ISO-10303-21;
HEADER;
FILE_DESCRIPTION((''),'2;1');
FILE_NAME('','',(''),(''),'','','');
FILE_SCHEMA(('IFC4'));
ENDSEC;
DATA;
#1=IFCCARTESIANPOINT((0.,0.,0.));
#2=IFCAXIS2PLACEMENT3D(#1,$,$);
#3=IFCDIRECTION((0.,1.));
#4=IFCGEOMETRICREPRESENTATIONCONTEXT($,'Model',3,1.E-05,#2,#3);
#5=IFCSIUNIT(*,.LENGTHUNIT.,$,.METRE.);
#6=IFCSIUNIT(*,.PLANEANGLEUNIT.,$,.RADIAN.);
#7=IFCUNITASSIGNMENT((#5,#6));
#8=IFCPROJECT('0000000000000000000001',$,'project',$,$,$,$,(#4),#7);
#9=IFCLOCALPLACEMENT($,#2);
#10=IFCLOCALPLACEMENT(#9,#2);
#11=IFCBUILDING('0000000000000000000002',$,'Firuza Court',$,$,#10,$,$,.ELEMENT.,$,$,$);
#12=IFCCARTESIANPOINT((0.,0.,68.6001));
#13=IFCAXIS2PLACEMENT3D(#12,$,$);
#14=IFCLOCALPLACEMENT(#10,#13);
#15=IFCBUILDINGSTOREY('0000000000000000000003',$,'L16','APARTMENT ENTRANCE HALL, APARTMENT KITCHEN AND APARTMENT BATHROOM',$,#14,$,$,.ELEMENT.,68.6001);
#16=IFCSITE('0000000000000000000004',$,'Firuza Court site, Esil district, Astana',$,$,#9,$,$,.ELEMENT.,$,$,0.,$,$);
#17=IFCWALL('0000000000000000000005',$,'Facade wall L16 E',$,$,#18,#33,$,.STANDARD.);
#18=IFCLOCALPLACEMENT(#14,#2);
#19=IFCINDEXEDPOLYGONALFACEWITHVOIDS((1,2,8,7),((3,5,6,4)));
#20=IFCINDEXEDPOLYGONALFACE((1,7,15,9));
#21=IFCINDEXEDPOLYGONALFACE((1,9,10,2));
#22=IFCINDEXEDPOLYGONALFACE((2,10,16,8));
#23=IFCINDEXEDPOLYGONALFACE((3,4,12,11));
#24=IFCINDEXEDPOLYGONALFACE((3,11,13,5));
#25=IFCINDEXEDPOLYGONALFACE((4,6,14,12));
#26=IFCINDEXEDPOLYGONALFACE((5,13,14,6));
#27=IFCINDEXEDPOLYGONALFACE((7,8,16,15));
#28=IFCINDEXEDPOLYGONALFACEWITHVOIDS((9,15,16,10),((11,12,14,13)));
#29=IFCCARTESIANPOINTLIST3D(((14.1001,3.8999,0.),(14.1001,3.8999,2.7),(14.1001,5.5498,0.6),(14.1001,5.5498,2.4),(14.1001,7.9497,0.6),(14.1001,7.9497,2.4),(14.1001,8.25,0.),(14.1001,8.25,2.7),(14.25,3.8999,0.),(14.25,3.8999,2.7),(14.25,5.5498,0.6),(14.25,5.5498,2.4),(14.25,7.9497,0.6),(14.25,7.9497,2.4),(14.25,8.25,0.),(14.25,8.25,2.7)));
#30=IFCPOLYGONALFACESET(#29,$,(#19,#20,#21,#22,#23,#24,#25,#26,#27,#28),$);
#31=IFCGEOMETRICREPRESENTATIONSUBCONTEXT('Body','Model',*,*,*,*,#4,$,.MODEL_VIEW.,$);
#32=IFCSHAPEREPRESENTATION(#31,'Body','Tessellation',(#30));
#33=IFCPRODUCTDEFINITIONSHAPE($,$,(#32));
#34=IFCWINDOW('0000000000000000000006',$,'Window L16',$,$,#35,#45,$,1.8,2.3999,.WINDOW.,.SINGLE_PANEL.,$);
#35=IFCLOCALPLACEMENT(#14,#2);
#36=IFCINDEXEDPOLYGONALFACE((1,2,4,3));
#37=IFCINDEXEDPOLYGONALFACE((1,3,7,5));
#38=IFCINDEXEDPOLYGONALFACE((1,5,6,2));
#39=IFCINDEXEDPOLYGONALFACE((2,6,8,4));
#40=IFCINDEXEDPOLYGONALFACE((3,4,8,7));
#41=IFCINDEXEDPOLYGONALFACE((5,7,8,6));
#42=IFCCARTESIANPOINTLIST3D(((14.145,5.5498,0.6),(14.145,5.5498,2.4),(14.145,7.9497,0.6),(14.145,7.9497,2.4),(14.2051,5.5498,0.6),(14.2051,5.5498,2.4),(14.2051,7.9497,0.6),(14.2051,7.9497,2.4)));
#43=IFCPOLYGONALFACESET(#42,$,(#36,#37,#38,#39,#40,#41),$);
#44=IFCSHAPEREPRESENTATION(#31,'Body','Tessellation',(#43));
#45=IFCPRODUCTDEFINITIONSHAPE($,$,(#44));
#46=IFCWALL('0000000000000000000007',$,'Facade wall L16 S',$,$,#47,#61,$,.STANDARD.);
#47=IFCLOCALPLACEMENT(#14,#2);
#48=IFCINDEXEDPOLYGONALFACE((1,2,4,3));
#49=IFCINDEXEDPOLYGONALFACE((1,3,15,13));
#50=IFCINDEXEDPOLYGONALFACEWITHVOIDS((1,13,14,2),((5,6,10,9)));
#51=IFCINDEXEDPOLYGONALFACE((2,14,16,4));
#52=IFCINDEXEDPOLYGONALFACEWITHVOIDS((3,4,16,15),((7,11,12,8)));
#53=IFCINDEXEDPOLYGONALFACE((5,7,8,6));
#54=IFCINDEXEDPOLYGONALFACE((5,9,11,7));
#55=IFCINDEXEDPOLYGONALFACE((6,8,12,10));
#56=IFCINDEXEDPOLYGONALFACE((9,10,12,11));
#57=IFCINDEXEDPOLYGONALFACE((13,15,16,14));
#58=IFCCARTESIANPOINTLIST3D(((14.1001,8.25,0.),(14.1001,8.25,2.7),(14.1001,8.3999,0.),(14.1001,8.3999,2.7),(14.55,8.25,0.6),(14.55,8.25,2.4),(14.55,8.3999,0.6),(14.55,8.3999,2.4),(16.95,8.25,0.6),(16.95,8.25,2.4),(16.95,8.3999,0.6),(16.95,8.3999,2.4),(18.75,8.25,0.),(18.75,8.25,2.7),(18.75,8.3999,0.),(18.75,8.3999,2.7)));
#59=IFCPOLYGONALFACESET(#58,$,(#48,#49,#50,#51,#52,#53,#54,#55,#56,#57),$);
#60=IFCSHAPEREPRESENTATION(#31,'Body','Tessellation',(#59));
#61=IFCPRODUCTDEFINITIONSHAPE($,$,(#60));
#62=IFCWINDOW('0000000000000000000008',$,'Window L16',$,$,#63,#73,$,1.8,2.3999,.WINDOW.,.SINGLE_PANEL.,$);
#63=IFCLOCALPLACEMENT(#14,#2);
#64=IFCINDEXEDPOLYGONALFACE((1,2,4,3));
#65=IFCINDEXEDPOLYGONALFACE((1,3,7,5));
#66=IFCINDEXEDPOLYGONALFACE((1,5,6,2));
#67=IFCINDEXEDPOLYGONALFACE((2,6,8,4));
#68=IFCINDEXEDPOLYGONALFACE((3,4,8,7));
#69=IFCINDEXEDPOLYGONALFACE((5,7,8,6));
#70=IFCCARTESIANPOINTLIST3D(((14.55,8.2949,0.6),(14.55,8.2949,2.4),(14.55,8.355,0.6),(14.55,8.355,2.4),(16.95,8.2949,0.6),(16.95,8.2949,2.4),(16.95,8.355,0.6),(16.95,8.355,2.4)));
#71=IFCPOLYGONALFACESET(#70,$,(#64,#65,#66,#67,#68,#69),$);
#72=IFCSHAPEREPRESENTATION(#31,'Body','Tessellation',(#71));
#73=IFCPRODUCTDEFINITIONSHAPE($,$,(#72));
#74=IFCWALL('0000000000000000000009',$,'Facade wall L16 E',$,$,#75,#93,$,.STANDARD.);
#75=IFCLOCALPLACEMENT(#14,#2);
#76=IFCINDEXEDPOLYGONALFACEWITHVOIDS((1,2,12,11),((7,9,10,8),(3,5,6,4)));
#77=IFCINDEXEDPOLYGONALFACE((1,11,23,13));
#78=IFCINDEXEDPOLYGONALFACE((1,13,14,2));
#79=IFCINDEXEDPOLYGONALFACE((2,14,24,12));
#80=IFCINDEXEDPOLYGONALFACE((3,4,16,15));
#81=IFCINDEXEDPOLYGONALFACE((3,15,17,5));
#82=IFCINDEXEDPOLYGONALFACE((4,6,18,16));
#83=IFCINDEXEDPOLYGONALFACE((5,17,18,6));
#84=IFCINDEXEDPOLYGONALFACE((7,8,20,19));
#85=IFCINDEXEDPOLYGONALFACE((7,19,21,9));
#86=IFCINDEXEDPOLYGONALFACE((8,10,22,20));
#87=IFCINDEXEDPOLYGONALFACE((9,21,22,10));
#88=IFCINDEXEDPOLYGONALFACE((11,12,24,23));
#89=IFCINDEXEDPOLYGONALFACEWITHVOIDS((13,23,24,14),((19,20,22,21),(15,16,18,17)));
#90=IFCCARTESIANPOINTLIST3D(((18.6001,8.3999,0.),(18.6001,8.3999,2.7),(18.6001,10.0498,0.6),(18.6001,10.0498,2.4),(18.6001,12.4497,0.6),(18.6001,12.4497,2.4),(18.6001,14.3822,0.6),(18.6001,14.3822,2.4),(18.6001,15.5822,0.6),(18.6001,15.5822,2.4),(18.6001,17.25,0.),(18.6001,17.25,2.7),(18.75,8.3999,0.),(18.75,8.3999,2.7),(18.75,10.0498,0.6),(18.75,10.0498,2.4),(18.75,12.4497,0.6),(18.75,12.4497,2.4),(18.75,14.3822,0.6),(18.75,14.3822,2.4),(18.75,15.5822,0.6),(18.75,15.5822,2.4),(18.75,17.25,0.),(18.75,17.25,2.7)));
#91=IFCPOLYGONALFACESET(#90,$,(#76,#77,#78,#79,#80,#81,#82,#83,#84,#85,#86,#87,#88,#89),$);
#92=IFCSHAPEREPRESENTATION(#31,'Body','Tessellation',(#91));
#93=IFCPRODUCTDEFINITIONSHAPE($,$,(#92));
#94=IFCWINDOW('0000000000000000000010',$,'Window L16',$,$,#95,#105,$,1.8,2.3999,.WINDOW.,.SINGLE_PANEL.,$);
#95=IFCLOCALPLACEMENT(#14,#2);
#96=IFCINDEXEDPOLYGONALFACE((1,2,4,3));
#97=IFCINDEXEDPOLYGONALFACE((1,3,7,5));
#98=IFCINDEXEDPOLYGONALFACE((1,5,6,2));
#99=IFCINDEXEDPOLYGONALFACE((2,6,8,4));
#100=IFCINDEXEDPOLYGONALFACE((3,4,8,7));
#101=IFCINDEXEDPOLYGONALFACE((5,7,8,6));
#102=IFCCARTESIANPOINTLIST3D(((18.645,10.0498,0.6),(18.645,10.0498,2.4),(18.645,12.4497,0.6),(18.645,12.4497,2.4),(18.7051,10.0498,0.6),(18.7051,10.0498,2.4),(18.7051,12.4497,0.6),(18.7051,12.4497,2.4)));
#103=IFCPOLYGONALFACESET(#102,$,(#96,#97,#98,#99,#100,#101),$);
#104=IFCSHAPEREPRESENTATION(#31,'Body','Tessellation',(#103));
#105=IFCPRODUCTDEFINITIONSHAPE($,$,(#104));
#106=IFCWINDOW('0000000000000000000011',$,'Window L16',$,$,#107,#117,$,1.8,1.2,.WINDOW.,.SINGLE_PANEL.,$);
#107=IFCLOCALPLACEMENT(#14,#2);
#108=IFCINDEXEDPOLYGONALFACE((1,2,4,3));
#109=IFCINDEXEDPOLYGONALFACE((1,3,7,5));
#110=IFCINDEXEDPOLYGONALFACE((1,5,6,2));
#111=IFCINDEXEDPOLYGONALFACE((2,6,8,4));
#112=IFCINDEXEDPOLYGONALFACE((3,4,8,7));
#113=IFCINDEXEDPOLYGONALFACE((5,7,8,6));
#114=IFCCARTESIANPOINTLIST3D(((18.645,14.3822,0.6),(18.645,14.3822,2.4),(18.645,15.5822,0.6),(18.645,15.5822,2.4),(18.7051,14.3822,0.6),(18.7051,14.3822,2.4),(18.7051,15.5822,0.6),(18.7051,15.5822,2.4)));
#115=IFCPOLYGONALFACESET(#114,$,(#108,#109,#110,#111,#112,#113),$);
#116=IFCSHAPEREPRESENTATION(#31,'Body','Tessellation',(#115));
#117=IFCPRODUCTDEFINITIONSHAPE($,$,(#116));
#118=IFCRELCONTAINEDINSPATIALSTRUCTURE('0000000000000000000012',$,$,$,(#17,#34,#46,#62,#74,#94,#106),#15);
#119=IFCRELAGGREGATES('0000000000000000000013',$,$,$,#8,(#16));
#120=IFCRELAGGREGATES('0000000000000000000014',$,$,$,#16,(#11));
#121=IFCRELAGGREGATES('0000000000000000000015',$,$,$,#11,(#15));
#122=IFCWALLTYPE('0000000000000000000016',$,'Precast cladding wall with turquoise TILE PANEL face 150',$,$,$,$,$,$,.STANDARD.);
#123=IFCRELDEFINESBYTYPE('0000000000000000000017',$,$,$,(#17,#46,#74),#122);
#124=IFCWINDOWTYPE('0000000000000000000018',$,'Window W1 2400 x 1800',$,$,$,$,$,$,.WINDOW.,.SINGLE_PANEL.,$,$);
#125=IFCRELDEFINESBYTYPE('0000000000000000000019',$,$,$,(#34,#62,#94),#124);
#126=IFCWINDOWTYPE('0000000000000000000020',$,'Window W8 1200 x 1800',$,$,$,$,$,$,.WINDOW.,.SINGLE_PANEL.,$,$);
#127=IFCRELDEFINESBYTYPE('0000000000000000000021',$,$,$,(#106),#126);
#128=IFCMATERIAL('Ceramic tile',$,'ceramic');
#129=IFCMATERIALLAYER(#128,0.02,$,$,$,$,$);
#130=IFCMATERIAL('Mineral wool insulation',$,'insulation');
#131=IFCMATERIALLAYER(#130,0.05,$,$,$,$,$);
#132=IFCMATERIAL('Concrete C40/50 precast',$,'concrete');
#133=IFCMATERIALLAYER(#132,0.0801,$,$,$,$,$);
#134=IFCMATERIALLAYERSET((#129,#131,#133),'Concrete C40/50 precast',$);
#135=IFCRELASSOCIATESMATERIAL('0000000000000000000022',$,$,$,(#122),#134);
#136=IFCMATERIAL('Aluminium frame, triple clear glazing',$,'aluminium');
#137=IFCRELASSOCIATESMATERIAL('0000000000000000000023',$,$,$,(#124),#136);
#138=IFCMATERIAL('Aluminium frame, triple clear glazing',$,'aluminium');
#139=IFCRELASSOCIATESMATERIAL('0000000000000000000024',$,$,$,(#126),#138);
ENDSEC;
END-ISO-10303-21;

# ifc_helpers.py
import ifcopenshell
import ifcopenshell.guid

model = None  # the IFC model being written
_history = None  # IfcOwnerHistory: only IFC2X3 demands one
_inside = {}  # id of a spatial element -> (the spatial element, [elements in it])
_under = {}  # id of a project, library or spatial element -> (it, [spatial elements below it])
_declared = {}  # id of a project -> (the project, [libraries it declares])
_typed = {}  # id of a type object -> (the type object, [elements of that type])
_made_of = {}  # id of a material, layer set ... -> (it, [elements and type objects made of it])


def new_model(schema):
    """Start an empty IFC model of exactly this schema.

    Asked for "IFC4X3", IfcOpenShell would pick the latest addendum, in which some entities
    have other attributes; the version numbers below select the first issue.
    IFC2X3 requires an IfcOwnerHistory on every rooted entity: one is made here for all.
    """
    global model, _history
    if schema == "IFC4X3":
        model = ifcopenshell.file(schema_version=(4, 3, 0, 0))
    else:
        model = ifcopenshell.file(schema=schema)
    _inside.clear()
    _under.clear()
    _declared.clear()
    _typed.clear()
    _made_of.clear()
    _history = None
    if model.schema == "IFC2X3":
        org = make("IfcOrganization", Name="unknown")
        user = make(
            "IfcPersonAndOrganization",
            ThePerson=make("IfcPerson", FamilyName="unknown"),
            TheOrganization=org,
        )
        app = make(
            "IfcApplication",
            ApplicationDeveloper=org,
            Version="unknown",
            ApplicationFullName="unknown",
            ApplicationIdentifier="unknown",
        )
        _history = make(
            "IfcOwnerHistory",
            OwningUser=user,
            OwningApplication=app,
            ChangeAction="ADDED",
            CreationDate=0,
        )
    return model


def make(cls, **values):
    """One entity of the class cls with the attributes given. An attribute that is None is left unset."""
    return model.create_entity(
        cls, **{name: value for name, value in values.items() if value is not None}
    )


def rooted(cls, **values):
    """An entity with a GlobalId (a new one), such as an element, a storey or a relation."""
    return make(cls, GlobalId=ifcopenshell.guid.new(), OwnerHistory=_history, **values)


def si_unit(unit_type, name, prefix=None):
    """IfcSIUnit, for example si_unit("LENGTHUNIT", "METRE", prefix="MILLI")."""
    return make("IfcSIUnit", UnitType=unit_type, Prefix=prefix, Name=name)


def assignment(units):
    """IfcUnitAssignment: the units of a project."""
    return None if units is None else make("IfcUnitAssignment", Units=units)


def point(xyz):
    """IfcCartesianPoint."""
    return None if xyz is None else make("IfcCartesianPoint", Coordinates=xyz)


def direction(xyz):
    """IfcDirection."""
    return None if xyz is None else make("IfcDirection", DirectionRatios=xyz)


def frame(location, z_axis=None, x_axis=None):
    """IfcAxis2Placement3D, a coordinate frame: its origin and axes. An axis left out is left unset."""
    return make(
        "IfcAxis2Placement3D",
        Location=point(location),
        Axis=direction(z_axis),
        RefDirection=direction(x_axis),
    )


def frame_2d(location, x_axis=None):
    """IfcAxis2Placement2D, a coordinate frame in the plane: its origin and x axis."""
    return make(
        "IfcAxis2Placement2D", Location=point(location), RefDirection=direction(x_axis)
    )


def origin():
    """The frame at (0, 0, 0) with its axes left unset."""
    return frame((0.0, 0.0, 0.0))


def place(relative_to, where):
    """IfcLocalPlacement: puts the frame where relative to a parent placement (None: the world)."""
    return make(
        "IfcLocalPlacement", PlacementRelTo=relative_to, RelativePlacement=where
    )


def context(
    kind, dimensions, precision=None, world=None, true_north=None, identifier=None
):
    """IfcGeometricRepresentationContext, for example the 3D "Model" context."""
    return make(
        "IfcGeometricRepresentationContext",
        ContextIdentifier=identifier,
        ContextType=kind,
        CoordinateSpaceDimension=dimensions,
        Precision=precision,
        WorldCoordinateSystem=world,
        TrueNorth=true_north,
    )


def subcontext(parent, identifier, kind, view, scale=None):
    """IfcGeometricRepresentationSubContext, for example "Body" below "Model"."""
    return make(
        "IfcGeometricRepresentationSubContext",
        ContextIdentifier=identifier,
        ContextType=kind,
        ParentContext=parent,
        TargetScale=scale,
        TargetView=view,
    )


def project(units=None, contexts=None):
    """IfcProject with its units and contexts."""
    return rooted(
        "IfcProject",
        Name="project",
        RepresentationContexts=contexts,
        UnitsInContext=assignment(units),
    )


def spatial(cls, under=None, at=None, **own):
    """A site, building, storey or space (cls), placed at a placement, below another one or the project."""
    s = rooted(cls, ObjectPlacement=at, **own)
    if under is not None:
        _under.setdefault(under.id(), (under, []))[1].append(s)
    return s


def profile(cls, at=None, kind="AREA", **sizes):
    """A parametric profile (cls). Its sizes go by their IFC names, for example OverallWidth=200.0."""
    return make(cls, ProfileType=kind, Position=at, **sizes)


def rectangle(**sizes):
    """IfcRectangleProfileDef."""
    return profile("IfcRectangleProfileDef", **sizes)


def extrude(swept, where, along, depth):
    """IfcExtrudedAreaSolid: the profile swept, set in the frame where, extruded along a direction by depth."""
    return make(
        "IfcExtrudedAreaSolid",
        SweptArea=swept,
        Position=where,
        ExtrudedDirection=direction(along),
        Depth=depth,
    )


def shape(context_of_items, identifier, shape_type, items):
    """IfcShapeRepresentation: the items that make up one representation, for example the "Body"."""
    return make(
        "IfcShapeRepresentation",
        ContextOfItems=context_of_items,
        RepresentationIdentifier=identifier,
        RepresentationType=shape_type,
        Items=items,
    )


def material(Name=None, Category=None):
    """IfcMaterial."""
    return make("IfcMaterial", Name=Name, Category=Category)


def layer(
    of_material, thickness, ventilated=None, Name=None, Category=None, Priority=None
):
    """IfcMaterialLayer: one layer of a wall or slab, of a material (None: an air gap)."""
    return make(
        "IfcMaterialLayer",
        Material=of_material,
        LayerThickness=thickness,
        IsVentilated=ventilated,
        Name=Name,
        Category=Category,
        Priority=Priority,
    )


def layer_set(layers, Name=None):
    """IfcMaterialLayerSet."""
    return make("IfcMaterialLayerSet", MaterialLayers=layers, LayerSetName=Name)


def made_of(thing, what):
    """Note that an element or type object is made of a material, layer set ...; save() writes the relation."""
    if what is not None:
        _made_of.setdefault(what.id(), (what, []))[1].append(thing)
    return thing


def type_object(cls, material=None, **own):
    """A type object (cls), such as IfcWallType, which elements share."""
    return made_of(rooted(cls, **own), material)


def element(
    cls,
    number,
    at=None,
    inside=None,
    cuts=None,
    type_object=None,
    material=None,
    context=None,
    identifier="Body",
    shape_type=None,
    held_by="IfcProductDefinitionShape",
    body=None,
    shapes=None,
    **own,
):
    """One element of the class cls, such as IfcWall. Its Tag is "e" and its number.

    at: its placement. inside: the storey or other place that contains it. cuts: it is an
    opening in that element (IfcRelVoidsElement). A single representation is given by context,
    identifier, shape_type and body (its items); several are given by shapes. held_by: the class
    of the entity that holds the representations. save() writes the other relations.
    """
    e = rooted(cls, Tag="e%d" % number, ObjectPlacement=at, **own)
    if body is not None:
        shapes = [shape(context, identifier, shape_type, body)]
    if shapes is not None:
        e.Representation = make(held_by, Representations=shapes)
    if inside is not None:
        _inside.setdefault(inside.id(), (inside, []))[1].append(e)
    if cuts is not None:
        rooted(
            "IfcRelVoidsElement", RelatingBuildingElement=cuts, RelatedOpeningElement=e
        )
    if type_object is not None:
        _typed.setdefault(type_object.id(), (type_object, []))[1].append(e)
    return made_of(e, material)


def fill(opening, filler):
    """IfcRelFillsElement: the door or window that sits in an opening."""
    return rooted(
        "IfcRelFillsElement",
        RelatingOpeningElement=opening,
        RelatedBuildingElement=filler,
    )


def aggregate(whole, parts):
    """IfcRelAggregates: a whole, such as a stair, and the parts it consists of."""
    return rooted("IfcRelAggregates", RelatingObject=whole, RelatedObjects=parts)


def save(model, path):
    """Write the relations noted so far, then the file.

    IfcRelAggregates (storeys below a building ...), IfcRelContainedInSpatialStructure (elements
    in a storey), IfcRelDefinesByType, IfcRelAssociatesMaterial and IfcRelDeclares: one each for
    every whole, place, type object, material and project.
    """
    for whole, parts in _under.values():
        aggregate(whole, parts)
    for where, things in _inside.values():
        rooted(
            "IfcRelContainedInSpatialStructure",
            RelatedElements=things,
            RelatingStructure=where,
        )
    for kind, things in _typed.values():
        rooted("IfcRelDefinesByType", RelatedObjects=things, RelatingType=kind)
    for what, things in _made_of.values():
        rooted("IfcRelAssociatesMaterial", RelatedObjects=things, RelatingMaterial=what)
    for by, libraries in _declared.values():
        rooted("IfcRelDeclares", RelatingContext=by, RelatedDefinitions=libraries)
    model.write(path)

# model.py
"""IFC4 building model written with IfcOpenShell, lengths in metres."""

from ifc_helpers import new_model, si_unit, direction, frame, frame_2d, origin, place, context, subcontext, project, spatial, rectangle, extrude, material, layer, layer_set, type_object, element, fill, save


model = new_model("IFC4")

# Units and contexts
model_context = context("Model", 3, precision=1e-05, world=origin(), true_north=direction((0.0, 1.0)))
body_context = subcontext(model_context, "Body", "Model", "MODEL_VIEW")
ifc_project = project(units=[si_unit("LENGTHUNIT", "METRE"), si_unit("PLANEANGLEUNIT", "RADIAN")], contexts=[model_context])

# Site, building, storey
site_placement = place(None, origin())
site = spatial("IfcSite", under=ifc_project, at=site_placement, Name="Firuza Court site, Esil district, Astana", CompositionType="ELEMENT", RefElevation=0.0)
building_placement = place(site_placement, origin())
building = spatial("IfcBuilding", under=site, at=building_placement, Name="Firuza Court", CompositionType="ELEMENT")
storey_placement = place(building_placement, frame((0.0, 0.0, 68.6001)))
storey = spatial("IfcBuildingStorey", under=building, at=storey_placement, Name="L16", Description="APARTMENT ENTRANCE HALL, APARTMENT KITCHEN AND APARTMENT BATHROOM", CompositionType="ELEMENT", Elevation=68.6001)

# Shared definitions
ifc_material_1 = material(Name="Ceramic tile", Category="ceramic")
ifc_layer_1 = layer(ifc_material_1, 0.02)
ifc_material_2 = material(Name="Mineral wool insulation", Category="insulation")
ifc_layer_2 = layer(ifc_material_2, 0.05)
ifc_material_3 = material(Name="Concrete C40/50 precast", Category="concrete")
ifc_layer_3 = layer(ifc_material_3, 0.0801)
ifc_layer_set_1 = layer_set([ifc_layer_1, ifc_layer_2, ifc_layer_3], Name="Concrete C40/50 precast")
wall_type_1 = type_object("IfcWallType", Name="Precast cladding wall with turquoise TILE PANEL face 150", PredefinedType="STANDARD", material=ifc_layer_set_1)

# Walls, openings, windows
wall_1_placement = place(storey_placement, frame((14.175, 3.8999, 0.0), z_axis=(0.0, 0.0, 1.0), x_axis=(0.0, 1.0, 0.0)))
wall_1 = element("IfcWall", 1, at=wall_1_placement, inside=storey, type_object=wall_type_1, Name="Facade wall L16 E", PredefinedType="STANDARD", context=body_context, shape_type="SweptSolid", body=[
    extrude(rectangle(XDim=4.3501, YDim=0.1499, at=frame_2d((2.175, 0.0))), origin(), (0.0, 0.0, 1.0), 2.7),
])
opening_1_placement = place(wall_1_placement, frame((1.6499, 0.0, 0.6001)))
opening_1 = element("IfcOpeningElement", 2, at=opening_1_placement, cuts=wall_1, PredefinedType="OPENING", context=body_context, shape_type="SweptSolid", body=[
    extrude(rectangle(XDim=2.3999, YDim=1.8, at=frame_2d((1.2, 0.8999))), frame((0.0, 0.0869, 0.0), z_axis=(0.0, -1.0, 0.0), x_axis=(1.0, 0.0, 0.0)), (0.0, 0.0, 1.0), 0.1738),
])
ifc_material_4 = material(Name="Aluminium frame, triple clear glazing", Category="aluminium")
window_type_1 = type_object("IfcWindowType", Name="Window W1 2400 x 1800", PartitioningType="SINGLE_PANEL", PredefinedType="WINDOW", material=ifc_material_4)
window_1_placement = place(opening_1_placement, origin())
window_1 = element("IfcWindow", 3, at=window_1_placement, inside=storey, type_object=window_type_1, Name="Window L16", OverallHeight=1.8, OverallWidth=2.3999, PartitioningType="SINGLE_PANEL", PredefinedType="WINDOW", context=body_context, shape_type="SweptSolid", body=[
    extrude(rectangle(XDim=2.3999, YDim=1.8, at=frame_2d((1.2, 0.8999))), frame((0.0, 0.03, 0.0), z_axis=(0.0, -1.0, 0.0), x_axis=(1.0, 0.0, 0.0)), (0.0, 0.0, 1.0), 0.0601),
])
fill(opening_1, window_1)
wall_2_placement = place(storey_placement, frame((14.1001, 8.325, 0.0), z_axis=(0.0, 0.0, 1.0), x_axis=(1.0, 0.0, 0.0)))
wall_2 = element("IfcWall", 4, at=wall_2_placement, inside=storey, type_object=wall_type_1, Name="Facade wall L16 S", PredefinedType="STANDARD", context=body_context, shape_type="SweptSolid", body=[
    extrude(rectangle(XDim=4.6499, YDim=0.1499, at=frame_2d((2.325, 0.0))), origin(), (0.0, 0.0, 1.0), 2.7),
])
opening_2_placement = place(wall_2_placement, frame((0.45, 0.0, 0.6001)))
opening_2 = element("IfcOpeningElement", 5, at=opening_2_placement, cuts=wall_2, PredefinedType="OPENING", context=body_context, shape_type="SweptSolid", body=[
    extrude(rectangle(XDim=2.3999, YDim=1.8, at=frame_2d((1.2, 0.8999))), frame((0.0, 0.0869, 0.0), z_axis=(0.0, -1.0, 0.0), x_axis=(1.0, 0.0, 0.0)), (0.0, 0.0, 1.0), 0.1738),
])
window_2_placement = place(opening_2_placement, origin())
window_2 = element("IfcWindow", 6, at=window_2_placement, inside=storey, type_object=window_type_1, Name="Window L16", OverallHeight=1.8, OverallWidth=2.3999, PartitioningType="SINGLE_PANEL", PredefinedType="WINDOW", context=body_context, shape_type="SweptSolid", body=[
    extrude(rectangle(XDim=2.3999, YDim=1.8, at=frame_2d((1.2, 0.8999))), frame((0.0, 0.03, 0.0), z_axis=(0.0, -1.0, 0.0), x_axis=(1.0, 0.0, 0.0)), (0.0, 0.0, 1.0), 0.0601),
])
fill(opening_2, window_2)

# Wall, openings, windows
wall_3_placement = place(storey_placement, frame((18.675, 8.3999, 0.0), z_axis=(0.0, 0.0, 1.0), x_axis=(0.0, 1.0, 0.0)))
wall_3 = element("IfcWall", 7, at=wall_3_placement, inside=storey, type_object=wall_type_1, Name="Facade wall L16 E", PredefinedType="STANDARD", context=body_context, shape_type="SweptSolid", body=[
    extrude(rectangle(XDim=8.8501, YDim=0.1499, at=frame_2d((4.425, 0.0))), origin(), (0.0, 0.0, 1.0), 2.7),
])
opening_3_placement = place(wall_3_placement, frame((1.6499, 0.0, 0.6001)))
opening_3 = element("IfcOpeningElement", 8, at=opening_3_placement, cuts=wall_3, PredefinedType="OPENING", context=body_context, shape_type="SweptSolid", body=[
    extrude(rectangle(XDim=2.3999, YDim=1.8, at=frame_2d((1.2, 0.8999))), frame((0.0, 0.0869, 0.0), z_axis=(0.0, -1.0, 0.0), x_axis=(1.0, 0.0, 0.0)), (0.0, 0.0, 1.0), 0.1738),
])
opening_4_placement = place(wall_3_placement, frame((5.9822, 0.0, 0.6001)))
opening_4 = element("IfcOpeningElement", 9, at=opening_4_placement, cuts=wall_3, PredefinedType="OPENING", context=body_context, shape_type="SweptSolid", body=[
    extrude(rectangle(XDim=1.2, YDim=1.8, at=frame_2d((0.6001, 0.8999))), frame((0.0, 0.0869, 0.0), z_axis=(0.0, -1.0, 0.0), x_axis=(1.0, 0.0, 0.0)), (0.0, 0.0, 1.0), 0.1738),
])
window_3_placement = place(opening_3_placement, origin())
window_3 = element("IfcWindow", 10, at=window_3_placement, inside=storey, type_object=window_type_1, Name="Window L16", OverallHeight=1.8, OverallWidth=2.3999, PartitioningType="SINGLE_PANEL", PredefinedType="WINDOW", context=body_context, shape_type="SweptSolid", body=[
    extrude(rectangle(XDim=2.3999, YDim=1.8, at=frame_2d((1.2, 0.8999))), frame((0.0, 0.03, 0.0), z_axis=(0.0, -1.0, 0.0), x_axis=(1.0, 0.0, 0.0)), (0.0, 0.0, 1.0), 0.0601),
])
fill(opening_3, window_3)
ifc_material_5 = material(Name="Aluminium frame, triple clear glazing", Category="aluminium")
window_type_2 = type_object("IfcWindowType", Name="Window W8 1200 x 1800", PartitioningType="SINGLE_PANEL", PredefinedType="WINDOW", material=ifc_material_5)
window_4_placement = place(opening_4_placement, origin())
window_4 = element("IfcWindow", 11, at=window_4_placement, inside=storey, type_object=window_type_2, Name="Window L16", OverallHeight=1.8, OverallWidth=1.2, PartitioningType="SINGLE_PANEL", PredefinedType="WINDOW", context=body_context, shape_type="SweptSolid", body=[
    extrude(rectangle(XDim=1.2, YDim=1.8, at=frame_2d((0.6001, 0.8999))), frame((0.0, 0.03, 0.0), z_axis=(0.0, -1.0, 0.0), x_axis=(1.0, 0.0, 0.0)), (0.0, 0.0, 1.0), 0.0601),
])
fill(opening_4, window_4)

save(model, "model.ifc")
